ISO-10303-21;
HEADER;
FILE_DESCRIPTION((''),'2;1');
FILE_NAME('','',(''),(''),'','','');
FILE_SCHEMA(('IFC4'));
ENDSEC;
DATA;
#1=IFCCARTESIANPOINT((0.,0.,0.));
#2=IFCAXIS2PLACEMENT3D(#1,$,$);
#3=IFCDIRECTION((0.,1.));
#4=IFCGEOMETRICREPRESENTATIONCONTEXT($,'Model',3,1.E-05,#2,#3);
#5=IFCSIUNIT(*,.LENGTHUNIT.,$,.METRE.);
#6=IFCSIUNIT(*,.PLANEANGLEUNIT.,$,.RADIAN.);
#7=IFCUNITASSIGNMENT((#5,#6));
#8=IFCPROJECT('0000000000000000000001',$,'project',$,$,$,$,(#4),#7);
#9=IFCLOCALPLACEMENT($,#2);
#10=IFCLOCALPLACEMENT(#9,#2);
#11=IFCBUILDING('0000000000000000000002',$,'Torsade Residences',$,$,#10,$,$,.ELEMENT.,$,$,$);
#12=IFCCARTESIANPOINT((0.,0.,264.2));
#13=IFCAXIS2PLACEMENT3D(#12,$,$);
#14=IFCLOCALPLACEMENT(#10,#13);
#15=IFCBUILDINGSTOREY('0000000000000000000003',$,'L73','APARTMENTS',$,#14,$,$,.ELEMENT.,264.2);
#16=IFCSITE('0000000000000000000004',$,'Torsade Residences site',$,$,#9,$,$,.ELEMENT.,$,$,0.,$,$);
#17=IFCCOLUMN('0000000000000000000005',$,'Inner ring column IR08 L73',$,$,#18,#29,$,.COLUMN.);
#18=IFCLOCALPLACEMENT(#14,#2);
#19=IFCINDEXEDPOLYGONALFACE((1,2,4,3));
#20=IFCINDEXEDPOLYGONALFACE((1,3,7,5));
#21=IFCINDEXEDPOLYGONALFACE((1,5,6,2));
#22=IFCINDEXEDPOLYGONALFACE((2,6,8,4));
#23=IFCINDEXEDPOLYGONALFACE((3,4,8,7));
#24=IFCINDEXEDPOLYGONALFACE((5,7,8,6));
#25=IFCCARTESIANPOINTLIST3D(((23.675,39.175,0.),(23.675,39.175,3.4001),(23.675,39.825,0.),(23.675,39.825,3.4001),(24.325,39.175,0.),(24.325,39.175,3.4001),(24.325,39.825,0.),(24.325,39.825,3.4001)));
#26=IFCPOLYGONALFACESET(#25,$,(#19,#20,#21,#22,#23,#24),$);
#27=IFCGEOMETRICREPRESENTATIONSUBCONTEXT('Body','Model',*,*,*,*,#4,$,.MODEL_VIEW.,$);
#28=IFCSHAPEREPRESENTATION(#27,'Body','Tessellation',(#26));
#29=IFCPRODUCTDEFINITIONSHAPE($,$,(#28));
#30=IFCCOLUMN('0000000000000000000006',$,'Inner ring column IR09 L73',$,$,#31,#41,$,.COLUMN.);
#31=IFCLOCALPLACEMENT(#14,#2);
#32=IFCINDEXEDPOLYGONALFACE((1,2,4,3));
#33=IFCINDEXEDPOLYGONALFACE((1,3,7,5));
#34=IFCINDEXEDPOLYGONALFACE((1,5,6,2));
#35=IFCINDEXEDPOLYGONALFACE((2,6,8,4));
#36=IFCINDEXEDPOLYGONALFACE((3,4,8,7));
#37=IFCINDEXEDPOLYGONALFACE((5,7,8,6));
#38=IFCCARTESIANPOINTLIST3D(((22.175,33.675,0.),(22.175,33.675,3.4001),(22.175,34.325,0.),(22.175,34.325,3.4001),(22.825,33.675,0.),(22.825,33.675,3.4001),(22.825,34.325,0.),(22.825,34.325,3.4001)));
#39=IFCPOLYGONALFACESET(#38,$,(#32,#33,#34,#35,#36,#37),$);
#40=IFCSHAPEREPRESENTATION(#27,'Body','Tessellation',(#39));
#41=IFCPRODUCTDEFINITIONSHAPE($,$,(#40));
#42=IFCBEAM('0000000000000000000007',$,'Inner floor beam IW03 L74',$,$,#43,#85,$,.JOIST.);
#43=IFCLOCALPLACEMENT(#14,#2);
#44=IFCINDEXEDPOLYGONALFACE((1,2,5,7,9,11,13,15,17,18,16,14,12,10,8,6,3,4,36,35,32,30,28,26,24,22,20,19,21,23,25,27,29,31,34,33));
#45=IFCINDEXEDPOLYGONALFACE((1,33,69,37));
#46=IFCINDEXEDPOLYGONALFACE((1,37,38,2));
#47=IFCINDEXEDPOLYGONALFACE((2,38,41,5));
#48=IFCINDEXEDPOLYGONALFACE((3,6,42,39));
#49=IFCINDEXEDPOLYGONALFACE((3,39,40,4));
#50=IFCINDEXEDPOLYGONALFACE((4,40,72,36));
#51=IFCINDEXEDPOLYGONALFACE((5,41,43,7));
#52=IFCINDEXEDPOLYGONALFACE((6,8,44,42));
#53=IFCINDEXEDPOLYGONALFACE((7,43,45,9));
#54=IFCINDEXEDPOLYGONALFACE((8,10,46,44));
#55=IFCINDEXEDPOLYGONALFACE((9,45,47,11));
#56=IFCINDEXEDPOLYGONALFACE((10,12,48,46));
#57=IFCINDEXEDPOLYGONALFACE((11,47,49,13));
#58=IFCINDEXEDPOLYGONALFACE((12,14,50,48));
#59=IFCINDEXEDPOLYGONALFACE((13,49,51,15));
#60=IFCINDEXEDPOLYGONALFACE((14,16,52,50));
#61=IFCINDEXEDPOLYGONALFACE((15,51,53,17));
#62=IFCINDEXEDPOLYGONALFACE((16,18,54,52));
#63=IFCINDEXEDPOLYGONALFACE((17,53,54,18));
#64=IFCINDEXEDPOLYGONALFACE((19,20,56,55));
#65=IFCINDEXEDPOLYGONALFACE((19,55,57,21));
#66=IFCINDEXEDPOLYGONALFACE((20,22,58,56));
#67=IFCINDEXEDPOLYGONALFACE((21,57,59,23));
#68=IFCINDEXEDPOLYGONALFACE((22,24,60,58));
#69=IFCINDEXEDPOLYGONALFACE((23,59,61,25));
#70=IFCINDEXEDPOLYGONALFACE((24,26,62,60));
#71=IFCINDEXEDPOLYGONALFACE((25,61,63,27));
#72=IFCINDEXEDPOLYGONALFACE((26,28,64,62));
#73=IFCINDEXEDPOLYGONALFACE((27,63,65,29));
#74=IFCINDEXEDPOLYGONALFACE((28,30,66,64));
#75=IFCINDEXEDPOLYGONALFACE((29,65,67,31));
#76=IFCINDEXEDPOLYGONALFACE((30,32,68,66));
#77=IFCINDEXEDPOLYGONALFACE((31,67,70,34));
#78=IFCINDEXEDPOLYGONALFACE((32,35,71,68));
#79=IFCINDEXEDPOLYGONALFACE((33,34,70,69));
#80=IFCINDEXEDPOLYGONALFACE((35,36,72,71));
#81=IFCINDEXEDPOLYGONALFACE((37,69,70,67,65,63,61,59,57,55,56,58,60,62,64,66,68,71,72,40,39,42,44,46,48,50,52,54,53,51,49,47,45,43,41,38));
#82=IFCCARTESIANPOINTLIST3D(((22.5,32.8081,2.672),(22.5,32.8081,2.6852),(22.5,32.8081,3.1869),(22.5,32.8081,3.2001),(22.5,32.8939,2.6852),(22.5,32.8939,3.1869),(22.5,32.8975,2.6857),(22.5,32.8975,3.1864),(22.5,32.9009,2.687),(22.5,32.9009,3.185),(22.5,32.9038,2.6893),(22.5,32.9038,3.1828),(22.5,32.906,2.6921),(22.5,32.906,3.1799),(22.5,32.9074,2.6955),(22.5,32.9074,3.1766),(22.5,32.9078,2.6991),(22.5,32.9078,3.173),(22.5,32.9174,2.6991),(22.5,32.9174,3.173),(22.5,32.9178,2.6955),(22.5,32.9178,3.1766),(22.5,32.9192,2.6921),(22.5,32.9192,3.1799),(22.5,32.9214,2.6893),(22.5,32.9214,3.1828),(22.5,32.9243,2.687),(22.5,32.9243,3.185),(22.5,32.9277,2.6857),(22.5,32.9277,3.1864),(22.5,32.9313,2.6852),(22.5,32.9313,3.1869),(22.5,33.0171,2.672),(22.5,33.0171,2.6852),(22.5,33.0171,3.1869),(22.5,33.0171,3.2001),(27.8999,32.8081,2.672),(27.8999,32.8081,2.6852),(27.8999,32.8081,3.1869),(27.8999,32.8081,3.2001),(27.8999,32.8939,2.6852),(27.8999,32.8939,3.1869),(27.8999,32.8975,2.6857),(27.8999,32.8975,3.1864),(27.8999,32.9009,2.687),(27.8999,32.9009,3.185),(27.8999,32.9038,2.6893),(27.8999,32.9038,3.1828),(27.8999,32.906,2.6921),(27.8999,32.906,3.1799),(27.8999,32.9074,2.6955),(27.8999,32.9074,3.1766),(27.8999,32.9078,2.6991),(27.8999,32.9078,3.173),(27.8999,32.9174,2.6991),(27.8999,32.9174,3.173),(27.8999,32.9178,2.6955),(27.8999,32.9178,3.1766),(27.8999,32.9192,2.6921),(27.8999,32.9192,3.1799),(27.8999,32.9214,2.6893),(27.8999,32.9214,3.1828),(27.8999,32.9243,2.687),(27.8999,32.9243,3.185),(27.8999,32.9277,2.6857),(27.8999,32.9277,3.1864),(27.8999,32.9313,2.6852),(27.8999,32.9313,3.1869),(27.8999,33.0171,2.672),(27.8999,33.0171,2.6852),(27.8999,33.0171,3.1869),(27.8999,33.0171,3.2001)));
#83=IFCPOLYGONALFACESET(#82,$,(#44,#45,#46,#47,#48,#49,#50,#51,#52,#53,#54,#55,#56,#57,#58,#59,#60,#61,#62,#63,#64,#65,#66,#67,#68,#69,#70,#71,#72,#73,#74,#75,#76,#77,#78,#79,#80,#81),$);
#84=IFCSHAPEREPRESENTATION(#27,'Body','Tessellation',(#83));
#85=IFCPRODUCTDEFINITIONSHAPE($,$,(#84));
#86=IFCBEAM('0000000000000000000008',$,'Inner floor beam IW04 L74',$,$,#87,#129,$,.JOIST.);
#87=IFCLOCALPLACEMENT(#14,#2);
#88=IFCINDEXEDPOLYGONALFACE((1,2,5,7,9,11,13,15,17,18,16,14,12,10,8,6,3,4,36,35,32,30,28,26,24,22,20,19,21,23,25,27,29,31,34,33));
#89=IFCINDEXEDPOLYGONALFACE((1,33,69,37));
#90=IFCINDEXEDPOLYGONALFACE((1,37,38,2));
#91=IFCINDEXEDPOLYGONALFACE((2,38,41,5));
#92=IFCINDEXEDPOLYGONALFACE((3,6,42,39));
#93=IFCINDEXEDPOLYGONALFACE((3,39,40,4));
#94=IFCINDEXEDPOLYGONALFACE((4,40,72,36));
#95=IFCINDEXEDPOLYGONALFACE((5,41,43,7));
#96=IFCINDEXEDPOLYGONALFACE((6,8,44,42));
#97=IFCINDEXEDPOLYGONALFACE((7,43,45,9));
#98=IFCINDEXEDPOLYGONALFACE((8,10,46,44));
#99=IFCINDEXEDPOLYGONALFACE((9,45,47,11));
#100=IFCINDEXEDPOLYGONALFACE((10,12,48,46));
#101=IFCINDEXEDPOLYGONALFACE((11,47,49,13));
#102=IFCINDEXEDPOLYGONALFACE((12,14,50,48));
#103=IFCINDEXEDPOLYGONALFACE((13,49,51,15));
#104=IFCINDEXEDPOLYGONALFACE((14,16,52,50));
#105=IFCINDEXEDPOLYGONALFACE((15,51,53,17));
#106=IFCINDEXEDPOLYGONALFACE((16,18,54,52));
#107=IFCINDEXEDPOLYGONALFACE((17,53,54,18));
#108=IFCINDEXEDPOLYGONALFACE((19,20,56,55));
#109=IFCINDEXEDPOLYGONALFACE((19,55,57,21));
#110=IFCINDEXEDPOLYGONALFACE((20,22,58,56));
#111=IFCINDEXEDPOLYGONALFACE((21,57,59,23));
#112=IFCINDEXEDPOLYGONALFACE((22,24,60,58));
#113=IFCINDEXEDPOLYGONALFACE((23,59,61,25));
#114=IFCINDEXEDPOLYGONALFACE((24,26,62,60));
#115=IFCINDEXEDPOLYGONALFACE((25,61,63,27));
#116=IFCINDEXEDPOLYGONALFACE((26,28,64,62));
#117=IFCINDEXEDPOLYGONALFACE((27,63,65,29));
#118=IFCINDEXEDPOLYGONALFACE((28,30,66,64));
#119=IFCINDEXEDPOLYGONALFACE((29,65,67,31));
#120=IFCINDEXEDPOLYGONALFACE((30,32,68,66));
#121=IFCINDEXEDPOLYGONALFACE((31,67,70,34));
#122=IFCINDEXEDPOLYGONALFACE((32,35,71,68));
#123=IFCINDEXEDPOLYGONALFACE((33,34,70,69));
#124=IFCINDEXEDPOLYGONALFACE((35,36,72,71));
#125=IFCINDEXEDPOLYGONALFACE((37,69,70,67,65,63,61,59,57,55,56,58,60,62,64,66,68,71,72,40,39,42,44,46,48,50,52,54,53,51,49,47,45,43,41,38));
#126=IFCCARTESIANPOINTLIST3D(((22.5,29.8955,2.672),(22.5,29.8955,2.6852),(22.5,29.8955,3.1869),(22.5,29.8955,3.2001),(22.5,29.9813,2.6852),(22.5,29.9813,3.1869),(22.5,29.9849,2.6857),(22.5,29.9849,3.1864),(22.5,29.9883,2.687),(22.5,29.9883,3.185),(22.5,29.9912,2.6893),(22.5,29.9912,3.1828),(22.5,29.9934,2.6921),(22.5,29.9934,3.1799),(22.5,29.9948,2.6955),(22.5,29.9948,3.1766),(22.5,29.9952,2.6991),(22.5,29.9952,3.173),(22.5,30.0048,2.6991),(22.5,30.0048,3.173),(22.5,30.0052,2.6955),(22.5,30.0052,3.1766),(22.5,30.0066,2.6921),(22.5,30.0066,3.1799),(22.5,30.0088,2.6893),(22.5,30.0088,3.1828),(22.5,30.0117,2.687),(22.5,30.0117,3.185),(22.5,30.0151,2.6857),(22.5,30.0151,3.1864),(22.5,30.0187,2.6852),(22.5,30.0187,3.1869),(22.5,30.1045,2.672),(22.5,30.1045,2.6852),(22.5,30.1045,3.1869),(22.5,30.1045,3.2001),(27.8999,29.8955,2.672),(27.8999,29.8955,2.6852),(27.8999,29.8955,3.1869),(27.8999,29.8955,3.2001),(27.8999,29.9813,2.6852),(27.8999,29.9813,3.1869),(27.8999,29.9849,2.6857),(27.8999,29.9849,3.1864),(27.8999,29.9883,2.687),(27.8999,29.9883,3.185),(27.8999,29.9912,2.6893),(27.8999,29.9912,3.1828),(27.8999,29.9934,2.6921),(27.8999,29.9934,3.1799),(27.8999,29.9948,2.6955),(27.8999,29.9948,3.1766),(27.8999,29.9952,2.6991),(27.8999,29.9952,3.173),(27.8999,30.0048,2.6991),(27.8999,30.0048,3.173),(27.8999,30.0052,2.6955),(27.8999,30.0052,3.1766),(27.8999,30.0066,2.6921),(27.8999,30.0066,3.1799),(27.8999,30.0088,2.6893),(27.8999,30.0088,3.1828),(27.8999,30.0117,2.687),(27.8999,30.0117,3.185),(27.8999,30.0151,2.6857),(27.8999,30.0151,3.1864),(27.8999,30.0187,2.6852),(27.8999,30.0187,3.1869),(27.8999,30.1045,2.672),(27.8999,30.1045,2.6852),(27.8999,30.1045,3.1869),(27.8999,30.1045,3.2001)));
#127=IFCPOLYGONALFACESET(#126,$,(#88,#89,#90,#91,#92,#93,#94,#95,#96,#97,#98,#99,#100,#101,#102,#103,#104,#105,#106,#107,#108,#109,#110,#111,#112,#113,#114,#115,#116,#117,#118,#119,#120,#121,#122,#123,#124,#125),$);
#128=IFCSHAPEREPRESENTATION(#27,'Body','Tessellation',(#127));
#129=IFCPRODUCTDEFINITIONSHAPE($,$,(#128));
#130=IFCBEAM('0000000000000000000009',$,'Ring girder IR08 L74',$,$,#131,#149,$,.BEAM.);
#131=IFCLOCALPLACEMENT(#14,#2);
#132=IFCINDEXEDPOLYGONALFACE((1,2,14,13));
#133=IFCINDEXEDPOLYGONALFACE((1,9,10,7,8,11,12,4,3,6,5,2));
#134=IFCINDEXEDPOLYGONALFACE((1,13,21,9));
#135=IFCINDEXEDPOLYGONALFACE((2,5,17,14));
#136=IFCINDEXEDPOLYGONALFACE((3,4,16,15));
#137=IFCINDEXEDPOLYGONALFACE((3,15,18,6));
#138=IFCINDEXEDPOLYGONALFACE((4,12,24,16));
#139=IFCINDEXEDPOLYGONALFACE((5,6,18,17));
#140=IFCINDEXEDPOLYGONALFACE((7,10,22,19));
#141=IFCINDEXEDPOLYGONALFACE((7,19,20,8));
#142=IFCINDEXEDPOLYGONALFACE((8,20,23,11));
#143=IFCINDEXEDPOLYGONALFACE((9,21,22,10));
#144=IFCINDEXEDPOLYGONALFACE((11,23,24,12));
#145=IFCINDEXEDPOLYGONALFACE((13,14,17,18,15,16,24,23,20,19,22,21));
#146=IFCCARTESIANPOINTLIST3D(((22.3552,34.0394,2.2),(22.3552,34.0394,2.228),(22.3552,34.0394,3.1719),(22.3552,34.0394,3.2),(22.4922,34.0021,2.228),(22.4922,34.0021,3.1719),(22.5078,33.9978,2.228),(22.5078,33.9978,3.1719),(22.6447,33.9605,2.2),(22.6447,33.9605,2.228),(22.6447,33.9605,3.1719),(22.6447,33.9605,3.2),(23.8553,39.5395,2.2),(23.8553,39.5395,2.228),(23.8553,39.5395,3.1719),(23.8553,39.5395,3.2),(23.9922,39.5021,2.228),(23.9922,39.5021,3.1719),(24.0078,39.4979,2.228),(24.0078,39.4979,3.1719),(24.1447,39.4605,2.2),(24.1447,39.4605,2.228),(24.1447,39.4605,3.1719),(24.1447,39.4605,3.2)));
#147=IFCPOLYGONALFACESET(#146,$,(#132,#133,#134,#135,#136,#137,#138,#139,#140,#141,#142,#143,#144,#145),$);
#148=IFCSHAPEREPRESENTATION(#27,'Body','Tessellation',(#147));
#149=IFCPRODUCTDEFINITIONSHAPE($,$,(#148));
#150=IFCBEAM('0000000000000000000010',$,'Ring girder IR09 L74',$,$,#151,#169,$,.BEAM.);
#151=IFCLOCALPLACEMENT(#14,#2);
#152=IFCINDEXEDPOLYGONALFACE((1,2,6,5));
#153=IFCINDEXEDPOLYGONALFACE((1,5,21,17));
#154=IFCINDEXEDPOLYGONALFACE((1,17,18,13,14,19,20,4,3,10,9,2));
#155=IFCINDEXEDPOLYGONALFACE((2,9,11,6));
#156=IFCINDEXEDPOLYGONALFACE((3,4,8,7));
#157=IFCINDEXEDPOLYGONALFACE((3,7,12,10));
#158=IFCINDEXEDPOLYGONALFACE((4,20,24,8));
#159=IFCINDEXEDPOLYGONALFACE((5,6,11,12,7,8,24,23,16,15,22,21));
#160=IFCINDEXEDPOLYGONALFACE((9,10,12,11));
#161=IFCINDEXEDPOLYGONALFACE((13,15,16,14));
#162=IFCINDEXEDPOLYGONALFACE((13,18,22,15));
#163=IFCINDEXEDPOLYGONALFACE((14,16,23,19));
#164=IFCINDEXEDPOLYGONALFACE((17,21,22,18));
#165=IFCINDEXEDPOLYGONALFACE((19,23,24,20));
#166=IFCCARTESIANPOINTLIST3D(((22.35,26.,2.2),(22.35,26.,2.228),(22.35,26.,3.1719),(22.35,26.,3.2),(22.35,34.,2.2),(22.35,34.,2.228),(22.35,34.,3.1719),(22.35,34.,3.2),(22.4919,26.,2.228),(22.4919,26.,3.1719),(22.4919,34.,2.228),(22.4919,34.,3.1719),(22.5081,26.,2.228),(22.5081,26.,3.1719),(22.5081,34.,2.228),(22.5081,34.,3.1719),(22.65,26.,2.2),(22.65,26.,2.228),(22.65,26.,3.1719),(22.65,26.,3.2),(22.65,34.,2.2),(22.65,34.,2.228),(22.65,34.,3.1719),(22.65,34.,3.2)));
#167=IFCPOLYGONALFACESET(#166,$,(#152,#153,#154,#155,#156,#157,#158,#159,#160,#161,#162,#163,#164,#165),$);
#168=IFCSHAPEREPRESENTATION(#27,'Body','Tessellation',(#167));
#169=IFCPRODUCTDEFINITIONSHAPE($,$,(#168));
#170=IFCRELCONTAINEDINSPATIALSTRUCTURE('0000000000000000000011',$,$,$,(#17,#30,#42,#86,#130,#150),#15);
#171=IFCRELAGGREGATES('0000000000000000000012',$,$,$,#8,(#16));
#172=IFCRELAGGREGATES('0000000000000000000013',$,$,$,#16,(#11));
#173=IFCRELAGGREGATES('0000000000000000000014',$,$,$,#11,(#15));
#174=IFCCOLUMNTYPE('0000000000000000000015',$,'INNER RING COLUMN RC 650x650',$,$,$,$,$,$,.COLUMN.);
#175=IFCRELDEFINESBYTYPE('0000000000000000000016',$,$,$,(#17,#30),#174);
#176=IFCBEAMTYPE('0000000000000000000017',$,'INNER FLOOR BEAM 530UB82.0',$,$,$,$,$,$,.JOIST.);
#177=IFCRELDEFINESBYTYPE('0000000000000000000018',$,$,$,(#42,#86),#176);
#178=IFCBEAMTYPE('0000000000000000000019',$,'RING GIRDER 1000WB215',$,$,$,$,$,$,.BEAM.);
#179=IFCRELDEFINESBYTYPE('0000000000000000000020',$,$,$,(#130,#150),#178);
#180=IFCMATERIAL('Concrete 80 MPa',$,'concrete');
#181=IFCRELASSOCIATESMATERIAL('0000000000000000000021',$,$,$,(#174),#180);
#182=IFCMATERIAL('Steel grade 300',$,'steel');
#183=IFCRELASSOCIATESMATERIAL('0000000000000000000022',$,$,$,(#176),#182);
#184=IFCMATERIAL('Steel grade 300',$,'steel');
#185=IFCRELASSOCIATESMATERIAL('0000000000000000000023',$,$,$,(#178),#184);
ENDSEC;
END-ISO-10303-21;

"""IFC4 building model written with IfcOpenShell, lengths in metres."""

from ifc_helpers import new_model, si_unit, direction, frame, origin, origin_2d, place, context, subcontext, project, spatial, rectangle, i_section, extrude, material, material_profile, profile_set, type_object, element, save


model = new_model("IFC4")

# Units and contexts
model_context = context("Model", 3, precision=1e-05, world=origin(), true_north=direction((0.0, 1.0)))
body_context = subcontext(model_context, "Body", "Model", "MODEL_VIEW")
ifc_project = project(units=[si_unit("LENGTHUNIT", "METRE"), si_unit("PLANEANGLEUNIT", "RADIAN")], contexts=[model_context])

# Site, building, storey
site_placement = place(None, origin())
site = spatial("IfcSite", under=ifc_project, at=site_placement, Name="Torsade Residences site", CompositionType="ELEMENT", RefElevation=0.0)
building_placement = place(site_placement, origin())
building = spatial("IfcBuilding", under=site, at=building_placement, Name="Torsade Residences", CompositionType="ELEMENT")
storey_placement = place(building_placement, frame((0.0, 0.0, 264.2)))
storey = spatial("IfcBuildingStorey", under=building, at=storey_placement, Name="L73", Description="APARTMENTS", CompositionType="ELEMENT", Elevation=264.2)

# Columns
ifc_material_1 = material(Name="Concrete 80 MPa", Category="concrete")
ifc_material_profile_1 = material_profile(ifc_material_1, rectangle(XDim=0.6499, YDim=0.6499, at=origin_2d()), Name="RC 650x650")
ifc_profile_set_1 = profile_set([ifc_material_profile_1], Name="Concrete 80 MPa")
column_type = type_object("IfcColumnType", Name="INNER RING COLUMN RC 650x650", PredefinedType="COLUMN", material=ifc_profile_set_1)
for number, where, z_axis, x_axis, name in (
    (1, (24.0, 39.5, 0.0), (0.0, 0.0, 1.0), (1.0, 0.0, 0.0), "Inner ring column IR08 L73"),
    (2, (22.5, 34.0, 0.0), (0.0, 0.0, 1.0), (1.0, 0.0, 0.0), "Inner ring column IR09 L73"),
):
    element("IfcColumn", number, at=place(storey_placement, frame(where, z_axis=z_axis, x_axis=x_axis)), inside=storey, type_object=column_type, Name=name, PredefinedType="COLUMN", context=body_context, shape_type="SweptSolid", body=[
        extrude(rectangle(XDim=0.6499, YDim=0.6499, at=origin_2d()), origin(), (0.0, 0.0, 1.0), 3.4001),
    ])

# Beams
ifc_material_2 = material(Name="Steel grade 300", Category="steel")
ifc_material_profile_2 = material_profile(ifc_material_2, i_section(OverallWidth=0.209, OverallDepth=0.5281, WebThickness=0.0095, FlangeThickness=0.0132, FilletRadius=0.0139, at=origin_2d()), Name="530UB82.0")
ifc_profile_set_2 = profile_set([ifc_material_profile_2], Name="Steel grade 300")
beam_type_1 = type_object("IfcBeamType", Name="INNER FLOOR BEAM 530UB82.0", PredefinedType="JOIST", material=ifc_profile_set_2)
for number, where, z_axis, x_axis, name in (
    (3, (27.8999, 32.9126, 2.936), (-1.0, 0.0, 0.0), (0.0, -1.0, 0.0), "Inner floor beam IW03 L74"),
    (4, (27.8999, 30.0, 2.936), (-1.0, 0.0, 0.0), (0.0, -1.0, 0.0), "Inner floor beam IW04 L74"),
):
    element("IfcBeam", number, at=place(storey_placement, frame(where, z_axis=z_axis, x_axis=x_axis)), inside=storey, type_object=beam_type_1, Name=name, PredefinedType="JOIST", context=body_context, shape_type="SweptSolid", body=[
        extrude(i_section(OverallWidth=0.209, OverallDepth=0.5281, WebThickness=0.0095, FlangeThickness=0.0132, FilletRadius=0.0139, at=origin_2d()), origin(), (0.0, 0.0, 1.0), 5.3999),
    ])
ifc_material_3 = material(Name="Steel grade 300", Category="steel")
ifc_material_profile_3 = material_profile(ifc_material_3, i_section(OverallWidth=0.3, OverallDepth=1.0, WebThickness=0.0161, FlangeThickness=0.0281, at=origin_2d()), Name="1000WB215")
ifc_profile_set_3 = profile_set([ifc_material_profile_3], Name="Steel grade 300")
beam_type_2 = type_object("IfcBeamType", Name="RING GIRDER 1000WB215", PredefinedType="BEAM", material=ifc_profile_set_3)
beam_1_placement = place(storey_placement, frame((24.0, 39.5, 2.7), z_axis=(-0.263117, -0.964764, 0.0), x_axis=(0.964764, -0.263117, 0.0)))
element("IfcBeam", 5, at=beam_1_placement, inside=storey, type_object=beam_type_2, Name="Ring girder IR08 L74", PredefinedType="BEAM", context=body_context, shape_type="SweptSolid", body=[
    extrude(i_section(OverallWidth=0.3, OverallDepth=1.0, WebThickness=0.0161, FlangeThickness=0.0281, at=origin_2d()), origin(), (0.0, 0.0, 1.0), 5.7009),
])
beam_2_placement = place(storey_placement, frame((22.5, 34.0, 2.7), z_axis=(0.0, -1.0, 0.0), x_axis=(1.0, 0.0, 0.0)))
element("IfcBeam", 6, at=beam_2_placement, inside=storey, type_object=beam_type_2, Name="Ring girder IR09 L74", PredefinedType="BEAM", context=body_context, shape_type="SweptSolid", body=[
    extrude(i_section(OverallWidth=0.3, OverallDepth=1.0, WebThickness=0.0161, FlangeThickness=0.0281, at=origin_2d()), origin(), (0.0, 0.0, 1.0), 8.0),
])

save(model, "model.ifc")
